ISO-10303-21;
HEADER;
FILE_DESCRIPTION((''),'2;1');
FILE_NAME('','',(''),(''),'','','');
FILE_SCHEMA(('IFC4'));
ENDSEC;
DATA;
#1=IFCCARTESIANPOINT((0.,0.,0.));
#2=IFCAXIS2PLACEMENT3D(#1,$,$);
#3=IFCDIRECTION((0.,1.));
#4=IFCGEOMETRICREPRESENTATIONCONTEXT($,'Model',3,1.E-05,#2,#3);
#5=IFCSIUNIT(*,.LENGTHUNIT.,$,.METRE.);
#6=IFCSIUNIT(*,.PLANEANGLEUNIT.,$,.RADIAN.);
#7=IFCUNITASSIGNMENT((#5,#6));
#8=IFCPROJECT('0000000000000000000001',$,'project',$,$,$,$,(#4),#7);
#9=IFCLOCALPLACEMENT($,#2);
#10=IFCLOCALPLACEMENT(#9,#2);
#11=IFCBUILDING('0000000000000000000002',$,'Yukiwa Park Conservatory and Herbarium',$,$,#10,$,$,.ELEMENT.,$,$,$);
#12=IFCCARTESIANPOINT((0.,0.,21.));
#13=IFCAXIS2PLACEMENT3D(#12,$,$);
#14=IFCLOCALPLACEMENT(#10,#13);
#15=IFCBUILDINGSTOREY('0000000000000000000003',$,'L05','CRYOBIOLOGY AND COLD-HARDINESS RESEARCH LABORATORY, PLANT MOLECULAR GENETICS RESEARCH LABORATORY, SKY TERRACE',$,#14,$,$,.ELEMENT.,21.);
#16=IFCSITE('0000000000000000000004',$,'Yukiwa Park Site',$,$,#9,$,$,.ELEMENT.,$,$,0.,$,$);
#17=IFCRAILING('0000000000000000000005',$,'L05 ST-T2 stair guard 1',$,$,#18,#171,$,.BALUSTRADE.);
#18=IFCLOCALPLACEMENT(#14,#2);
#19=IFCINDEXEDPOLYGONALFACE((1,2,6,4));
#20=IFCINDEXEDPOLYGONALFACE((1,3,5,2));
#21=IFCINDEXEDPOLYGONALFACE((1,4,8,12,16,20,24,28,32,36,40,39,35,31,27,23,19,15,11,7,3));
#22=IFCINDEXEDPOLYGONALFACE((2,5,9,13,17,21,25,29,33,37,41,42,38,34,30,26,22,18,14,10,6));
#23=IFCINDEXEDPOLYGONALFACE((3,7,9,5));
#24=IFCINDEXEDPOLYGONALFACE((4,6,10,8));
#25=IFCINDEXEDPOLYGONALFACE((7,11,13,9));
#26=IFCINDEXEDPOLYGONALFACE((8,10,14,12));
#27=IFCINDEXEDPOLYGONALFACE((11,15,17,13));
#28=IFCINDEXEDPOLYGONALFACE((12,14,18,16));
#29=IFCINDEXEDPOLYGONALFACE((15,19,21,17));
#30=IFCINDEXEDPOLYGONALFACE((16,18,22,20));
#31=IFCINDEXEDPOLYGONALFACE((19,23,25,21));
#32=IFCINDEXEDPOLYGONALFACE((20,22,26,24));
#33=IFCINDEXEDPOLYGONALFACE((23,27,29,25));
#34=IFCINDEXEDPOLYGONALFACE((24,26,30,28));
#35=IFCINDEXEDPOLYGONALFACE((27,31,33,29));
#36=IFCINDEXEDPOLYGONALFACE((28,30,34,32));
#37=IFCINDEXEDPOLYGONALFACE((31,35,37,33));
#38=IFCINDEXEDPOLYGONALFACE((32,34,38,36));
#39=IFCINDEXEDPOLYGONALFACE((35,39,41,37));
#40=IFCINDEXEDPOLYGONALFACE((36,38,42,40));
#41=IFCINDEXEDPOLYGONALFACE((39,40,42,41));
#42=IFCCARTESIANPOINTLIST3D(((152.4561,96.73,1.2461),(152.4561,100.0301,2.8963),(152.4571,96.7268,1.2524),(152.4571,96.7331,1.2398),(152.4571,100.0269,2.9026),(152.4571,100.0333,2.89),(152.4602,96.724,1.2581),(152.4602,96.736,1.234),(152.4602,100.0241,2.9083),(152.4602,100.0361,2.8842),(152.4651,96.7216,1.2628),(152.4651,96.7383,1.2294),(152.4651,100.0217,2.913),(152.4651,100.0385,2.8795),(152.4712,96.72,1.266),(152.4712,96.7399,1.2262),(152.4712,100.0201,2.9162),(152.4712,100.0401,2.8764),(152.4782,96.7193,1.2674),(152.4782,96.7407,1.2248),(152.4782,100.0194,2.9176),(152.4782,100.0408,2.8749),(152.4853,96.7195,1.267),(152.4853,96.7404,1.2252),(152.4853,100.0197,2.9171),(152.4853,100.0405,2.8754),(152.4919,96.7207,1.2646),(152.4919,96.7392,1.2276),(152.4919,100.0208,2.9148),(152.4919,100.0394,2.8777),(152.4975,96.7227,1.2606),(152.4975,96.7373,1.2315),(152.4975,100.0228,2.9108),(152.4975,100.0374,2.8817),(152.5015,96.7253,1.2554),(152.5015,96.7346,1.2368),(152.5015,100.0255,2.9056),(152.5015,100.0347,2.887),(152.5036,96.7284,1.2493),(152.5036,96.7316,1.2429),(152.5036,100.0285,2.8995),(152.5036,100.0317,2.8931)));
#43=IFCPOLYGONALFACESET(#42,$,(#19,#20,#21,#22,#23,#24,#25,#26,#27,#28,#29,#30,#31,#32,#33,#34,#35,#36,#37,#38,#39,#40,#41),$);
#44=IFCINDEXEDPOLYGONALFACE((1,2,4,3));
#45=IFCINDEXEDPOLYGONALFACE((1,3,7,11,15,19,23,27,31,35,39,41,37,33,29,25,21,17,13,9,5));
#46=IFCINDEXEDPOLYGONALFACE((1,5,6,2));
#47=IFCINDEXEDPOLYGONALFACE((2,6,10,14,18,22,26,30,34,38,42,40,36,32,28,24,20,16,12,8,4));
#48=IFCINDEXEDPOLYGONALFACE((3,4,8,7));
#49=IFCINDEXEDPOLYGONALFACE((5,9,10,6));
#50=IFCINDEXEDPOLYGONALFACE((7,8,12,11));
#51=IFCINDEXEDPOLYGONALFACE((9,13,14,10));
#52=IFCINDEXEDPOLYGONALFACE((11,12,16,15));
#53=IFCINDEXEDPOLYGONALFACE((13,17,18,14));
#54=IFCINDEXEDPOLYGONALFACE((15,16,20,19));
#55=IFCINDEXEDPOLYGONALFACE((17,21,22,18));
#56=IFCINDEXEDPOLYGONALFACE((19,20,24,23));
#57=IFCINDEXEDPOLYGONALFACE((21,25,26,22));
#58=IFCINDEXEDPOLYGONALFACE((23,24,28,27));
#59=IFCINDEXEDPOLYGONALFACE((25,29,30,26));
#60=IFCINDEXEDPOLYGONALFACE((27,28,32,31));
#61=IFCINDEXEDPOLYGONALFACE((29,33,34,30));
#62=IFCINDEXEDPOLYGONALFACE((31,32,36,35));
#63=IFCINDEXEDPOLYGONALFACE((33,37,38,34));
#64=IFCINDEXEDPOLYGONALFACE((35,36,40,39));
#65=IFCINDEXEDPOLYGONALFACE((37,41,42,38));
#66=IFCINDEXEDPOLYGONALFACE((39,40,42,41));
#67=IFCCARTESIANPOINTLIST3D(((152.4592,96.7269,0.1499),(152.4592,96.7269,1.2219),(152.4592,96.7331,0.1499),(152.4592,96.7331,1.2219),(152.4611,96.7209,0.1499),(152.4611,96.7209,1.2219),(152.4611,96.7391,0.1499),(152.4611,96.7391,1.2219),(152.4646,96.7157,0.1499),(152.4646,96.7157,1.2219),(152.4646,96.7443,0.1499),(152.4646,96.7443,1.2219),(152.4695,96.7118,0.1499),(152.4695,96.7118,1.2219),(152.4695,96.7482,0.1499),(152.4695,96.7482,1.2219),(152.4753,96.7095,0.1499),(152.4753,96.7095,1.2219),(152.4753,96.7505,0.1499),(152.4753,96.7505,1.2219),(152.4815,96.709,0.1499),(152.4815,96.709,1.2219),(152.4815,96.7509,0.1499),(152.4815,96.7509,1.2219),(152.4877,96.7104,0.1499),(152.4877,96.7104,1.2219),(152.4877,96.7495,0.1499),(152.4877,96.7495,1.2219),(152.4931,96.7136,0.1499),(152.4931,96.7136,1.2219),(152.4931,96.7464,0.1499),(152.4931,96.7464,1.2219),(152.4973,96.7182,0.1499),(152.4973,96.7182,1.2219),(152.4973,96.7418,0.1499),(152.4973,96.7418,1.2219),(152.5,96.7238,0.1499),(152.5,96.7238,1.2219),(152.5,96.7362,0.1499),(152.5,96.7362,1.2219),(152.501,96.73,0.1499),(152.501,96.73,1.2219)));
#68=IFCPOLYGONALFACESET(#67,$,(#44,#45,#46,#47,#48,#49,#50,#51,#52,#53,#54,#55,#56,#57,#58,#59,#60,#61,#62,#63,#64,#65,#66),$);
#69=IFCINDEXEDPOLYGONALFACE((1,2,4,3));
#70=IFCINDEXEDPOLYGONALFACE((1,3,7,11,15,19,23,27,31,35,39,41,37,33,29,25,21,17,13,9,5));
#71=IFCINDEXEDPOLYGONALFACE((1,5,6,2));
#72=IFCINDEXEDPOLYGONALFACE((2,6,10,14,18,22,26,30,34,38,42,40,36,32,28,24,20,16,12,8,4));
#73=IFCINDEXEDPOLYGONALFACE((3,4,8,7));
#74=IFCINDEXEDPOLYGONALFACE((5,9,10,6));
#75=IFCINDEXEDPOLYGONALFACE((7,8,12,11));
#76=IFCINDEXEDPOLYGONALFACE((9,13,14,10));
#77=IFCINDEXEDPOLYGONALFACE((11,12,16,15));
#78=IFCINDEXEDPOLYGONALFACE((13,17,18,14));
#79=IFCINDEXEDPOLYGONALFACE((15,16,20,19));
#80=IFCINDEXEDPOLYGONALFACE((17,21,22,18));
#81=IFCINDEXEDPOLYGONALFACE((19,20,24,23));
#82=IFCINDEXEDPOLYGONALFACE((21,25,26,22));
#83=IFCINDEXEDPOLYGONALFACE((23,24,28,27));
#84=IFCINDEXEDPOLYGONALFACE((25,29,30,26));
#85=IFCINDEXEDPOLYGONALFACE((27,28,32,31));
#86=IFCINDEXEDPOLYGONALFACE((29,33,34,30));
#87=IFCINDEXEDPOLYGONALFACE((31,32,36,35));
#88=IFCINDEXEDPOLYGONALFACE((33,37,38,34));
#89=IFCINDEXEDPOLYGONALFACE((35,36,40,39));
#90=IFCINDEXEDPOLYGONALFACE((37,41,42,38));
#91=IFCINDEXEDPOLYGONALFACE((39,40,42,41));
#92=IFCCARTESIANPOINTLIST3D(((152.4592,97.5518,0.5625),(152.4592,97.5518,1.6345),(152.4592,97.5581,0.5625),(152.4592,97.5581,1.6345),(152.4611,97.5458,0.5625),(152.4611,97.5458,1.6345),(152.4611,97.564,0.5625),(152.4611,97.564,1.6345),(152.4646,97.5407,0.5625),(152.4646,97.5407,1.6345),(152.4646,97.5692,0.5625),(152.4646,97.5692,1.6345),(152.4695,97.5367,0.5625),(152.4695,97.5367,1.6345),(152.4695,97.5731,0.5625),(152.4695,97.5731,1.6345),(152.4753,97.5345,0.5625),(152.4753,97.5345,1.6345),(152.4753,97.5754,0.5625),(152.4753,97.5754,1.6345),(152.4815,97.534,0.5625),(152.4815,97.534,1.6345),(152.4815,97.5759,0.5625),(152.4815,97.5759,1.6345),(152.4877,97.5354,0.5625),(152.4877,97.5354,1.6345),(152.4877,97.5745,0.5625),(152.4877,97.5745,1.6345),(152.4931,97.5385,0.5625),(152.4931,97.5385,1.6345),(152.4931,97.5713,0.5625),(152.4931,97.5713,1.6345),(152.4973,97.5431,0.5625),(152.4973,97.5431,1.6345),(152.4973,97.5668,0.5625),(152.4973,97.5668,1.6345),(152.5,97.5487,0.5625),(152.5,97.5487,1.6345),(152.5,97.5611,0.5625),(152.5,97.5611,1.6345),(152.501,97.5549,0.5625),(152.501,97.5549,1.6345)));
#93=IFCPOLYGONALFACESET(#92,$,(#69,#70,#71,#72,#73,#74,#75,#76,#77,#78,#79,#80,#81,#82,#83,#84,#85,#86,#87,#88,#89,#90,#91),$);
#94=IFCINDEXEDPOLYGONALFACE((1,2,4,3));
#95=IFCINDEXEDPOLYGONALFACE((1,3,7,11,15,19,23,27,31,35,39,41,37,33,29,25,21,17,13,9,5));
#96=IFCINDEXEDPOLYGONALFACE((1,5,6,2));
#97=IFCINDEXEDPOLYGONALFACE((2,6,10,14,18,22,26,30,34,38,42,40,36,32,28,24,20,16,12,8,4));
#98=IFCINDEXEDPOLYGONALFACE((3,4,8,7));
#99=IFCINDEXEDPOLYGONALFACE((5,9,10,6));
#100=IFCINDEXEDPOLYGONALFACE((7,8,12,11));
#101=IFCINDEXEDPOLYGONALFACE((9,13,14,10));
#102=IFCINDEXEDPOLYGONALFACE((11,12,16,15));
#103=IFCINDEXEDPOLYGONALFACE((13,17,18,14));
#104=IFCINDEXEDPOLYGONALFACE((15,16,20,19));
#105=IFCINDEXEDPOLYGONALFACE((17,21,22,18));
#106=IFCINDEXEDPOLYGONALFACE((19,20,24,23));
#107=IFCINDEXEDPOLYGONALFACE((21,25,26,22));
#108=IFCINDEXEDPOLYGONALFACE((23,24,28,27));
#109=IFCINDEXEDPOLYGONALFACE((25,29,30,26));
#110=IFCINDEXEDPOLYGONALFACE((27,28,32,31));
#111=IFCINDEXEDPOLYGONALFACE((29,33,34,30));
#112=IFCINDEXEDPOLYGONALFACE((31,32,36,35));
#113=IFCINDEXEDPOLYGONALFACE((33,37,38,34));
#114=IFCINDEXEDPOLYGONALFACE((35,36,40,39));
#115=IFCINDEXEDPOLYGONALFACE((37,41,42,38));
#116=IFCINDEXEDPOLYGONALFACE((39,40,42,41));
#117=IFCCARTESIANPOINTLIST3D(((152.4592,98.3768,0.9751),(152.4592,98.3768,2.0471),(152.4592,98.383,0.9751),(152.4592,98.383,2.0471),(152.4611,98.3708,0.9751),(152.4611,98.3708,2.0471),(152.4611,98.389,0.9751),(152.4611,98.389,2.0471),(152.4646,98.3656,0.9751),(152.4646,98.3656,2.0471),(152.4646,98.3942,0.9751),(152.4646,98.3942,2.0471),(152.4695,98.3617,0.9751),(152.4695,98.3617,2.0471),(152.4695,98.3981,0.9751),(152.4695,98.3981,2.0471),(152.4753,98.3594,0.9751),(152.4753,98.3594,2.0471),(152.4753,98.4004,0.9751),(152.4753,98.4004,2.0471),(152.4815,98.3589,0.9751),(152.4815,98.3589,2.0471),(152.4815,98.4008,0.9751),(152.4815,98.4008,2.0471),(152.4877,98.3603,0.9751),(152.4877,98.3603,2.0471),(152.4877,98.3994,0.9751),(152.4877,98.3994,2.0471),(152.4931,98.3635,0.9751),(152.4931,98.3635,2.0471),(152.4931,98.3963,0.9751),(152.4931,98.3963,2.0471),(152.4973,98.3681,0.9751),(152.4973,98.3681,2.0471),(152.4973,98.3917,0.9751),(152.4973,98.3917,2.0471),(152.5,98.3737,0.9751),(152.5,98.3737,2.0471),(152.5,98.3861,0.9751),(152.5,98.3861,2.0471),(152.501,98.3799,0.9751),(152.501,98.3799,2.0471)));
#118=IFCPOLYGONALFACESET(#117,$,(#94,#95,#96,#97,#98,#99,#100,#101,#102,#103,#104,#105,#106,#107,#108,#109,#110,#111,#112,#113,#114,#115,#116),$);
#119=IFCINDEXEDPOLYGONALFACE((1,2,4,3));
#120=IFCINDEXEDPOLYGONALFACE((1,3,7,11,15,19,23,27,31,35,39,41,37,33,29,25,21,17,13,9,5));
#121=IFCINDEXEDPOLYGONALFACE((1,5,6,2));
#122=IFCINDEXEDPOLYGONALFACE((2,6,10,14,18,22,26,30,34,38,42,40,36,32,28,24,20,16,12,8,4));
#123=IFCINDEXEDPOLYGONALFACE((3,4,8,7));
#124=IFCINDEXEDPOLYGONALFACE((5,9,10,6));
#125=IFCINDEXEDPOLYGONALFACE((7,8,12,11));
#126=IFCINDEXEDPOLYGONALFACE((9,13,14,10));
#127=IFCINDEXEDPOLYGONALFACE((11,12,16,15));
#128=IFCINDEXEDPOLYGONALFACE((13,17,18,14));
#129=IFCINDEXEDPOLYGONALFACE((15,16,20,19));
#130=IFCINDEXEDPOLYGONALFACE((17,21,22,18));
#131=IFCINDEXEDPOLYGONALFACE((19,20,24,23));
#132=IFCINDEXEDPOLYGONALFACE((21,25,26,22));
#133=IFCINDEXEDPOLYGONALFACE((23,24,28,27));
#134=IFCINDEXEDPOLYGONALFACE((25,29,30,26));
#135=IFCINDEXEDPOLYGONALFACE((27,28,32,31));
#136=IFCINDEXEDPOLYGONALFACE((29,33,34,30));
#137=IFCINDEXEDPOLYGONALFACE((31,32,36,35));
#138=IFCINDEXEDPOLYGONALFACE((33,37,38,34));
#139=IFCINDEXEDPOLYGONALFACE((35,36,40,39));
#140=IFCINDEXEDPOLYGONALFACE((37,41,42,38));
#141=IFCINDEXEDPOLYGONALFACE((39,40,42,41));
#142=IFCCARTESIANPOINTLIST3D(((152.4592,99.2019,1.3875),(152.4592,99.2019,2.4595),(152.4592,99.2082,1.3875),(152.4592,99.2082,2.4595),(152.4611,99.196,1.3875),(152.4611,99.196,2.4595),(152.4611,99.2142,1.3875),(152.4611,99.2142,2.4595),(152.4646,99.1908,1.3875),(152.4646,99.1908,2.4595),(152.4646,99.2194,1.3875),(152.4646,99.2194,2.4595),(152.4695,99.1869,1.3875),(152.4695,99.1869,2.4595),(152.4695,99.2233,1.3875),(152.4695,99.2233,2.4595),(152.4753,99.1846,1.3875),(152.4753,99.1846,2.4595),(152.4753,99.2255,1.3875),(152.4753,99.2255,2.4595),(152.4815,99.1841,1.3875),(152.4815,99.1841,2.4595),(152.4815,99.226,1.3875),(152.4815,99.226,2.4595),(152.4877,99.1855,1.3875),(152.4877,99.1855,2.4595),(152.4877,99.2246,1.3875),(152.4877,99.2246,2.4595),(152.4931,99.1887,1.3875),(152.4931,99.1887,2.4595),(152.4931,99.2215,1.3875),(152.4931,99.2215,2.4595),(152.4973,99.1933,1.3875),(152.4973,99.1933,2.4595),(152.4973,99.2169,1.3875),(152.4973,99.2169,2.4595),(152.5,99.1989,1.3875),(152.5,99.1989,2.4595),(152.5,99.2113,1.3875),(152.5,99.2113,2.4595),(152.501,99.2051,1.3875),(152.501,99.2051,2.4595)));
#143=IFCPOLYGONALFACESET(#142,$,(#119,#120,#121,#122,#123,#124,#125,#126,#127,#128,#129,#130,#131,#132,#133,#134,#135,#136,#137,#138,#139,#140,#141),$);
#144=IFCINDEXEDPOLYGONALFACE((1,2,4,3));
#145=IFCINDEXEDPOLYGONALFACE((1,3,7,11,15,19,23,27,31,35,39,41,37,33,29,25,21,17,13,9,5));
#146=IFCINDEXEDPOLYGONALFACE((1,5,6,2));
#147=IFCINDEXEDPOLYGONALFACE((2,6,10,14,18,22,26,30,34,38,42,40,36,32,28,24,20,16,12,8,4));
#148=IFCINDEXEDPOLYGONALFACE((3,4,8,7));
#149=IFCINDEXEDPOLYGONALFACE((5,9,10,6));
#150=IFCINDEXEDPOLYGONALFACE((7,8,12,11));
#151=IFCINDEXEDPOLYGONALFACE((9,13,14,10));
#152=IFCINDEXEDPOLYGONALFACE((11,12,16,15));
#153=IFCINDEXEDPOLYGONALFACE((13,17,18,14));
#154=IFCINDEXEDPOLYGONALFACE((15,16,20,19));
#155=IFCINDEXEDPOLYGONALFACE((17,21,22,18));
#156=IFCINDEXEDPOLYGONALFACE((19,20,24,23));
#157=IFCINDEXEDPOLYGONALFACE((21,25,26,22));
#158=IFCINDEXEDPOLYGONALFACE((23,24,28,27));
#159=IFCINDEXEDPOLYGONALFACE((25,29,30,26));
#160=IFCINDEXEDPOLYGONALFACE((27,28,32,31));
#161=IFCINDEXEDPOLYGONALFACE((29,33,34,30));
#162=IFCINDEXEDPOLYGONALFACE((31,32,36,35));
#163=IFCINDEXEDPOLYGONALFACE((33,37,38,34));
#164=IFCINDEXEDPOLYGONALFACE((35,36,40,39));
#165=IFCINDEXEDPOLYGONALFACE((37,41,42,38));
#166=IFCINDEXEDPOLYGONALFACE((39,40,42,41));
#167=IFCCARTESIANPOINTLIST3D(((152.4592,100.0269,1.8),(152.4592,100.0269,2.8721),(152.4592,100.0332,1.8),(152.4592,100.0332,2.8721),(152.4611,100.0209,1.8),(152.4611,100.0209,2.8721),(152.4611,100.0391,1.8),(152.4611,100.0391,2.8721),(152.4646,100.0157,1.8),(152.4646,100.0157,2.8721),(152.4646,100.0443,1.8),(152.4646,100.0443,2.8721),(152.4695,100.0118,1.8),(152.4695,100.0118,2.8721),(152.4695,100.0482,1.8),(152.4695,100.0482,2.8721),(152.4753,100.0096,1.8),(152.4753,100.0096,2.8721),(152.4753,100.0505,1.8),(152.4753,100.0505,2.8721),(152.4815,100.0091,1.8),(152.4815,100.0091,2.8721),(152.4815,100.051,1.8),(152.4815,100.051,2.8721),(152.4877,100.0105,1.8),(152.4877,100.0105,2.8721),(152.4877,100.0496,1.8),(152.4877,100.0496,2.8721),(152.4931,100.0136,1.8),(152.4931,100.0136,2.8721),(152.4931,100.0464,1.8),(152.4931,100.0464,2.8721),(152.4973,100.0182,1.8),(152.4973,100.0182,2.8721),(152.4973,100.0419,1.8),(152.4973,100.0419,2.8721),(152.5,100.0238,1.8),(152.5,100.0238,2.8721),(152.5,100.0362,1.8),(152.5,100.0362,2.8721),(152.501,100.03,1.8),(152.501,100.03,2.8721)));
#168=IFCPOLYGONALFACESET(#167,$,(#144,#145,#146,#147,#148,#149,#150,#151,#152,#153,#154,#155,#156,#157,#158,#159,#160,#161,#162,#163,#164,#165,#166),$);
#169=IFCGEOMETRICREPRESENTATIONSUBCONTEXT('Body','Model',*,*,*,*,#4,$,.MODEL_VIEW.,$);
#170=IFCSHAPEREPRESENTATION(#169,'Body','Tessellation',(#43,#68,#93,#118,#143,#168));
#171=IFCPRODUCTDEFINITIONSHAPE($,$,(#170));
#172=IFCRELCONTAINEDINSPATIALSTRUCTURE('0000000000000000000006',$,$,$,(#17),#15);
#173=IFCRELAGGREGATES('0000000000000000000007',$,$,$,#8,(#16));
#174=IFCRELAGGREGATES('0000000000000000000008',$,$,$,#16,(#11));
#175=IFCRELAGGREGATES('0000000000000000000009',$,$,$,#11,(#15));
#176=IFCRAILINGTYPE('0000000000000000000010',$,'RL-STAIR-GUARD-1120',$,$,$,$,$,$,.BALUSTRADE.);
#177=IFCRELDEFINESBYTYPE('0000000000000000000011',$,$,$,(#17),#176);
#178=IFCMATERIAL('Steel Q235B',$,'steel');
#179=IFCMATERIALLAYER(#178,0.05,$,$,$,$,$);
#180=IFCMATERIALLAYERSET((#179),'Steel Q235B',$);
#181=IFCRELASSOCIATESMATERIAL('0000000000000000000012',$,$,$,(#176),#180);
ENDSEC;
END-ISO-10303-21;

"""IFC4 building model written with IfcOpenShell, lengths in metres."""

from ifc_helpers import new_model, si_unit, direction, frame, origin, origin_2d, place, context, subcontext, project, spatial, circle, extrude, material, layer, layer_set, type_object, element, save


model = new_model("IFC4")

# Units and contexts
model_context = context("Model", 3, precision=1e-05, world=origin(), true_north=direction((0.0, 1.0)))
body_context = subcontext(model_context, "Body", "Model", "MODEL_VIEW")
ifc_project = project(units=[si_unit("LENGTHUNIT", "METRE"), si_unit("PLANEANGLEUNIT", "RADIAN")], contexts=[model_context])

# Site, building, storey
site_placement = place(None, origin())
site = spatial("IfcSite", under=ifc_project, at=site_placement, Name="Yukiwa Park Site", CompositionType="ELEMENT", RefElevation=0.0)
building_placement = place(site_placement, origin())
building = spatial("IfcBuilding", under=site, at=building_placement, Name="Yukiwa Park Conservatory and Herbarium", CompositionType="ELEMENT")
storey_placement = place(building_placement, frame((0.0, 0.0, 21.0)))
storey = spatial("IfcBuildingStorey", under=building, at=storey_placement, Name="L05", Description="CRYOBIOLOGY AND COLD-HARDINESS RESEARCH LABORATORY, PLANT MOLECULAR GENETICS RESEARCH LABORATORY, SKY TERRACE", CompositionType="ELEMENT", Elevation=21.0)

# Railing
ifc_material_1 = material(Name="Steel Q235B", Category="steel")
ifc_layer_1 = layer(ifc_material_1, 0.05)
ifc_layer_set_1 = layer_set([ifc_layer_1], Name="Steel Q235B")
railing_type_1 = type_object("IfcRailingType", Name="RL-STAIR-GUARD-1120", PredefinedType="BALUSTRADE", material=ifc_layer_set_1)
railing_1_placement = place(storey_placement, frame((152.48, 96.73, 0.1499)))
element("IfcRailing", 1, at=railing_1_placement, inside=storey, type_object=railing_type_1, Name="L05 ST-T2 stair guard 1", PredefinedType="BALUSTRADE", context=body_context, shape_type="SweptSolid", body=[
    extrude(circle(Radius=0.0239, at=origin_2d()), frame((0.0, 0.0, 1.0962), z_axis=(0.0, 0.894414, 0.44724), x_axis=(-1.0, 0.0, 0.0)), (0.0, 0.0, 1.0), 3.6897),
    extrude(circle(Radius=0.021, at=origin_2d()), origin(), (0.0, 0.0, 1.0), 1.072),
    extrude(circle(Radius=0.021, at=origin_2d()), frame((0.0, 0.825, 0.4126)), (0.0, 0.0, 1.0), 1.072),
    extrude(circle(Radius=0.021, at=origin_2d()), frame((0.0, 1.6499, 0.8252)), (0.0, 0.0, 1.0), 1.072),
    extrude(circle(Radius=0.021, at=origin_2d()), frame((0.0, 2.4751, 1.2375)), (0.0, 0.0, 1.0), 1.072),
    extrude(circle(Radius=0.021, at=origin_2d()), frame((0.0, 3.3, 1.6501)), (0.0, 0.0, 1.0), 1.072),
])

save(model, "model.ifc")
